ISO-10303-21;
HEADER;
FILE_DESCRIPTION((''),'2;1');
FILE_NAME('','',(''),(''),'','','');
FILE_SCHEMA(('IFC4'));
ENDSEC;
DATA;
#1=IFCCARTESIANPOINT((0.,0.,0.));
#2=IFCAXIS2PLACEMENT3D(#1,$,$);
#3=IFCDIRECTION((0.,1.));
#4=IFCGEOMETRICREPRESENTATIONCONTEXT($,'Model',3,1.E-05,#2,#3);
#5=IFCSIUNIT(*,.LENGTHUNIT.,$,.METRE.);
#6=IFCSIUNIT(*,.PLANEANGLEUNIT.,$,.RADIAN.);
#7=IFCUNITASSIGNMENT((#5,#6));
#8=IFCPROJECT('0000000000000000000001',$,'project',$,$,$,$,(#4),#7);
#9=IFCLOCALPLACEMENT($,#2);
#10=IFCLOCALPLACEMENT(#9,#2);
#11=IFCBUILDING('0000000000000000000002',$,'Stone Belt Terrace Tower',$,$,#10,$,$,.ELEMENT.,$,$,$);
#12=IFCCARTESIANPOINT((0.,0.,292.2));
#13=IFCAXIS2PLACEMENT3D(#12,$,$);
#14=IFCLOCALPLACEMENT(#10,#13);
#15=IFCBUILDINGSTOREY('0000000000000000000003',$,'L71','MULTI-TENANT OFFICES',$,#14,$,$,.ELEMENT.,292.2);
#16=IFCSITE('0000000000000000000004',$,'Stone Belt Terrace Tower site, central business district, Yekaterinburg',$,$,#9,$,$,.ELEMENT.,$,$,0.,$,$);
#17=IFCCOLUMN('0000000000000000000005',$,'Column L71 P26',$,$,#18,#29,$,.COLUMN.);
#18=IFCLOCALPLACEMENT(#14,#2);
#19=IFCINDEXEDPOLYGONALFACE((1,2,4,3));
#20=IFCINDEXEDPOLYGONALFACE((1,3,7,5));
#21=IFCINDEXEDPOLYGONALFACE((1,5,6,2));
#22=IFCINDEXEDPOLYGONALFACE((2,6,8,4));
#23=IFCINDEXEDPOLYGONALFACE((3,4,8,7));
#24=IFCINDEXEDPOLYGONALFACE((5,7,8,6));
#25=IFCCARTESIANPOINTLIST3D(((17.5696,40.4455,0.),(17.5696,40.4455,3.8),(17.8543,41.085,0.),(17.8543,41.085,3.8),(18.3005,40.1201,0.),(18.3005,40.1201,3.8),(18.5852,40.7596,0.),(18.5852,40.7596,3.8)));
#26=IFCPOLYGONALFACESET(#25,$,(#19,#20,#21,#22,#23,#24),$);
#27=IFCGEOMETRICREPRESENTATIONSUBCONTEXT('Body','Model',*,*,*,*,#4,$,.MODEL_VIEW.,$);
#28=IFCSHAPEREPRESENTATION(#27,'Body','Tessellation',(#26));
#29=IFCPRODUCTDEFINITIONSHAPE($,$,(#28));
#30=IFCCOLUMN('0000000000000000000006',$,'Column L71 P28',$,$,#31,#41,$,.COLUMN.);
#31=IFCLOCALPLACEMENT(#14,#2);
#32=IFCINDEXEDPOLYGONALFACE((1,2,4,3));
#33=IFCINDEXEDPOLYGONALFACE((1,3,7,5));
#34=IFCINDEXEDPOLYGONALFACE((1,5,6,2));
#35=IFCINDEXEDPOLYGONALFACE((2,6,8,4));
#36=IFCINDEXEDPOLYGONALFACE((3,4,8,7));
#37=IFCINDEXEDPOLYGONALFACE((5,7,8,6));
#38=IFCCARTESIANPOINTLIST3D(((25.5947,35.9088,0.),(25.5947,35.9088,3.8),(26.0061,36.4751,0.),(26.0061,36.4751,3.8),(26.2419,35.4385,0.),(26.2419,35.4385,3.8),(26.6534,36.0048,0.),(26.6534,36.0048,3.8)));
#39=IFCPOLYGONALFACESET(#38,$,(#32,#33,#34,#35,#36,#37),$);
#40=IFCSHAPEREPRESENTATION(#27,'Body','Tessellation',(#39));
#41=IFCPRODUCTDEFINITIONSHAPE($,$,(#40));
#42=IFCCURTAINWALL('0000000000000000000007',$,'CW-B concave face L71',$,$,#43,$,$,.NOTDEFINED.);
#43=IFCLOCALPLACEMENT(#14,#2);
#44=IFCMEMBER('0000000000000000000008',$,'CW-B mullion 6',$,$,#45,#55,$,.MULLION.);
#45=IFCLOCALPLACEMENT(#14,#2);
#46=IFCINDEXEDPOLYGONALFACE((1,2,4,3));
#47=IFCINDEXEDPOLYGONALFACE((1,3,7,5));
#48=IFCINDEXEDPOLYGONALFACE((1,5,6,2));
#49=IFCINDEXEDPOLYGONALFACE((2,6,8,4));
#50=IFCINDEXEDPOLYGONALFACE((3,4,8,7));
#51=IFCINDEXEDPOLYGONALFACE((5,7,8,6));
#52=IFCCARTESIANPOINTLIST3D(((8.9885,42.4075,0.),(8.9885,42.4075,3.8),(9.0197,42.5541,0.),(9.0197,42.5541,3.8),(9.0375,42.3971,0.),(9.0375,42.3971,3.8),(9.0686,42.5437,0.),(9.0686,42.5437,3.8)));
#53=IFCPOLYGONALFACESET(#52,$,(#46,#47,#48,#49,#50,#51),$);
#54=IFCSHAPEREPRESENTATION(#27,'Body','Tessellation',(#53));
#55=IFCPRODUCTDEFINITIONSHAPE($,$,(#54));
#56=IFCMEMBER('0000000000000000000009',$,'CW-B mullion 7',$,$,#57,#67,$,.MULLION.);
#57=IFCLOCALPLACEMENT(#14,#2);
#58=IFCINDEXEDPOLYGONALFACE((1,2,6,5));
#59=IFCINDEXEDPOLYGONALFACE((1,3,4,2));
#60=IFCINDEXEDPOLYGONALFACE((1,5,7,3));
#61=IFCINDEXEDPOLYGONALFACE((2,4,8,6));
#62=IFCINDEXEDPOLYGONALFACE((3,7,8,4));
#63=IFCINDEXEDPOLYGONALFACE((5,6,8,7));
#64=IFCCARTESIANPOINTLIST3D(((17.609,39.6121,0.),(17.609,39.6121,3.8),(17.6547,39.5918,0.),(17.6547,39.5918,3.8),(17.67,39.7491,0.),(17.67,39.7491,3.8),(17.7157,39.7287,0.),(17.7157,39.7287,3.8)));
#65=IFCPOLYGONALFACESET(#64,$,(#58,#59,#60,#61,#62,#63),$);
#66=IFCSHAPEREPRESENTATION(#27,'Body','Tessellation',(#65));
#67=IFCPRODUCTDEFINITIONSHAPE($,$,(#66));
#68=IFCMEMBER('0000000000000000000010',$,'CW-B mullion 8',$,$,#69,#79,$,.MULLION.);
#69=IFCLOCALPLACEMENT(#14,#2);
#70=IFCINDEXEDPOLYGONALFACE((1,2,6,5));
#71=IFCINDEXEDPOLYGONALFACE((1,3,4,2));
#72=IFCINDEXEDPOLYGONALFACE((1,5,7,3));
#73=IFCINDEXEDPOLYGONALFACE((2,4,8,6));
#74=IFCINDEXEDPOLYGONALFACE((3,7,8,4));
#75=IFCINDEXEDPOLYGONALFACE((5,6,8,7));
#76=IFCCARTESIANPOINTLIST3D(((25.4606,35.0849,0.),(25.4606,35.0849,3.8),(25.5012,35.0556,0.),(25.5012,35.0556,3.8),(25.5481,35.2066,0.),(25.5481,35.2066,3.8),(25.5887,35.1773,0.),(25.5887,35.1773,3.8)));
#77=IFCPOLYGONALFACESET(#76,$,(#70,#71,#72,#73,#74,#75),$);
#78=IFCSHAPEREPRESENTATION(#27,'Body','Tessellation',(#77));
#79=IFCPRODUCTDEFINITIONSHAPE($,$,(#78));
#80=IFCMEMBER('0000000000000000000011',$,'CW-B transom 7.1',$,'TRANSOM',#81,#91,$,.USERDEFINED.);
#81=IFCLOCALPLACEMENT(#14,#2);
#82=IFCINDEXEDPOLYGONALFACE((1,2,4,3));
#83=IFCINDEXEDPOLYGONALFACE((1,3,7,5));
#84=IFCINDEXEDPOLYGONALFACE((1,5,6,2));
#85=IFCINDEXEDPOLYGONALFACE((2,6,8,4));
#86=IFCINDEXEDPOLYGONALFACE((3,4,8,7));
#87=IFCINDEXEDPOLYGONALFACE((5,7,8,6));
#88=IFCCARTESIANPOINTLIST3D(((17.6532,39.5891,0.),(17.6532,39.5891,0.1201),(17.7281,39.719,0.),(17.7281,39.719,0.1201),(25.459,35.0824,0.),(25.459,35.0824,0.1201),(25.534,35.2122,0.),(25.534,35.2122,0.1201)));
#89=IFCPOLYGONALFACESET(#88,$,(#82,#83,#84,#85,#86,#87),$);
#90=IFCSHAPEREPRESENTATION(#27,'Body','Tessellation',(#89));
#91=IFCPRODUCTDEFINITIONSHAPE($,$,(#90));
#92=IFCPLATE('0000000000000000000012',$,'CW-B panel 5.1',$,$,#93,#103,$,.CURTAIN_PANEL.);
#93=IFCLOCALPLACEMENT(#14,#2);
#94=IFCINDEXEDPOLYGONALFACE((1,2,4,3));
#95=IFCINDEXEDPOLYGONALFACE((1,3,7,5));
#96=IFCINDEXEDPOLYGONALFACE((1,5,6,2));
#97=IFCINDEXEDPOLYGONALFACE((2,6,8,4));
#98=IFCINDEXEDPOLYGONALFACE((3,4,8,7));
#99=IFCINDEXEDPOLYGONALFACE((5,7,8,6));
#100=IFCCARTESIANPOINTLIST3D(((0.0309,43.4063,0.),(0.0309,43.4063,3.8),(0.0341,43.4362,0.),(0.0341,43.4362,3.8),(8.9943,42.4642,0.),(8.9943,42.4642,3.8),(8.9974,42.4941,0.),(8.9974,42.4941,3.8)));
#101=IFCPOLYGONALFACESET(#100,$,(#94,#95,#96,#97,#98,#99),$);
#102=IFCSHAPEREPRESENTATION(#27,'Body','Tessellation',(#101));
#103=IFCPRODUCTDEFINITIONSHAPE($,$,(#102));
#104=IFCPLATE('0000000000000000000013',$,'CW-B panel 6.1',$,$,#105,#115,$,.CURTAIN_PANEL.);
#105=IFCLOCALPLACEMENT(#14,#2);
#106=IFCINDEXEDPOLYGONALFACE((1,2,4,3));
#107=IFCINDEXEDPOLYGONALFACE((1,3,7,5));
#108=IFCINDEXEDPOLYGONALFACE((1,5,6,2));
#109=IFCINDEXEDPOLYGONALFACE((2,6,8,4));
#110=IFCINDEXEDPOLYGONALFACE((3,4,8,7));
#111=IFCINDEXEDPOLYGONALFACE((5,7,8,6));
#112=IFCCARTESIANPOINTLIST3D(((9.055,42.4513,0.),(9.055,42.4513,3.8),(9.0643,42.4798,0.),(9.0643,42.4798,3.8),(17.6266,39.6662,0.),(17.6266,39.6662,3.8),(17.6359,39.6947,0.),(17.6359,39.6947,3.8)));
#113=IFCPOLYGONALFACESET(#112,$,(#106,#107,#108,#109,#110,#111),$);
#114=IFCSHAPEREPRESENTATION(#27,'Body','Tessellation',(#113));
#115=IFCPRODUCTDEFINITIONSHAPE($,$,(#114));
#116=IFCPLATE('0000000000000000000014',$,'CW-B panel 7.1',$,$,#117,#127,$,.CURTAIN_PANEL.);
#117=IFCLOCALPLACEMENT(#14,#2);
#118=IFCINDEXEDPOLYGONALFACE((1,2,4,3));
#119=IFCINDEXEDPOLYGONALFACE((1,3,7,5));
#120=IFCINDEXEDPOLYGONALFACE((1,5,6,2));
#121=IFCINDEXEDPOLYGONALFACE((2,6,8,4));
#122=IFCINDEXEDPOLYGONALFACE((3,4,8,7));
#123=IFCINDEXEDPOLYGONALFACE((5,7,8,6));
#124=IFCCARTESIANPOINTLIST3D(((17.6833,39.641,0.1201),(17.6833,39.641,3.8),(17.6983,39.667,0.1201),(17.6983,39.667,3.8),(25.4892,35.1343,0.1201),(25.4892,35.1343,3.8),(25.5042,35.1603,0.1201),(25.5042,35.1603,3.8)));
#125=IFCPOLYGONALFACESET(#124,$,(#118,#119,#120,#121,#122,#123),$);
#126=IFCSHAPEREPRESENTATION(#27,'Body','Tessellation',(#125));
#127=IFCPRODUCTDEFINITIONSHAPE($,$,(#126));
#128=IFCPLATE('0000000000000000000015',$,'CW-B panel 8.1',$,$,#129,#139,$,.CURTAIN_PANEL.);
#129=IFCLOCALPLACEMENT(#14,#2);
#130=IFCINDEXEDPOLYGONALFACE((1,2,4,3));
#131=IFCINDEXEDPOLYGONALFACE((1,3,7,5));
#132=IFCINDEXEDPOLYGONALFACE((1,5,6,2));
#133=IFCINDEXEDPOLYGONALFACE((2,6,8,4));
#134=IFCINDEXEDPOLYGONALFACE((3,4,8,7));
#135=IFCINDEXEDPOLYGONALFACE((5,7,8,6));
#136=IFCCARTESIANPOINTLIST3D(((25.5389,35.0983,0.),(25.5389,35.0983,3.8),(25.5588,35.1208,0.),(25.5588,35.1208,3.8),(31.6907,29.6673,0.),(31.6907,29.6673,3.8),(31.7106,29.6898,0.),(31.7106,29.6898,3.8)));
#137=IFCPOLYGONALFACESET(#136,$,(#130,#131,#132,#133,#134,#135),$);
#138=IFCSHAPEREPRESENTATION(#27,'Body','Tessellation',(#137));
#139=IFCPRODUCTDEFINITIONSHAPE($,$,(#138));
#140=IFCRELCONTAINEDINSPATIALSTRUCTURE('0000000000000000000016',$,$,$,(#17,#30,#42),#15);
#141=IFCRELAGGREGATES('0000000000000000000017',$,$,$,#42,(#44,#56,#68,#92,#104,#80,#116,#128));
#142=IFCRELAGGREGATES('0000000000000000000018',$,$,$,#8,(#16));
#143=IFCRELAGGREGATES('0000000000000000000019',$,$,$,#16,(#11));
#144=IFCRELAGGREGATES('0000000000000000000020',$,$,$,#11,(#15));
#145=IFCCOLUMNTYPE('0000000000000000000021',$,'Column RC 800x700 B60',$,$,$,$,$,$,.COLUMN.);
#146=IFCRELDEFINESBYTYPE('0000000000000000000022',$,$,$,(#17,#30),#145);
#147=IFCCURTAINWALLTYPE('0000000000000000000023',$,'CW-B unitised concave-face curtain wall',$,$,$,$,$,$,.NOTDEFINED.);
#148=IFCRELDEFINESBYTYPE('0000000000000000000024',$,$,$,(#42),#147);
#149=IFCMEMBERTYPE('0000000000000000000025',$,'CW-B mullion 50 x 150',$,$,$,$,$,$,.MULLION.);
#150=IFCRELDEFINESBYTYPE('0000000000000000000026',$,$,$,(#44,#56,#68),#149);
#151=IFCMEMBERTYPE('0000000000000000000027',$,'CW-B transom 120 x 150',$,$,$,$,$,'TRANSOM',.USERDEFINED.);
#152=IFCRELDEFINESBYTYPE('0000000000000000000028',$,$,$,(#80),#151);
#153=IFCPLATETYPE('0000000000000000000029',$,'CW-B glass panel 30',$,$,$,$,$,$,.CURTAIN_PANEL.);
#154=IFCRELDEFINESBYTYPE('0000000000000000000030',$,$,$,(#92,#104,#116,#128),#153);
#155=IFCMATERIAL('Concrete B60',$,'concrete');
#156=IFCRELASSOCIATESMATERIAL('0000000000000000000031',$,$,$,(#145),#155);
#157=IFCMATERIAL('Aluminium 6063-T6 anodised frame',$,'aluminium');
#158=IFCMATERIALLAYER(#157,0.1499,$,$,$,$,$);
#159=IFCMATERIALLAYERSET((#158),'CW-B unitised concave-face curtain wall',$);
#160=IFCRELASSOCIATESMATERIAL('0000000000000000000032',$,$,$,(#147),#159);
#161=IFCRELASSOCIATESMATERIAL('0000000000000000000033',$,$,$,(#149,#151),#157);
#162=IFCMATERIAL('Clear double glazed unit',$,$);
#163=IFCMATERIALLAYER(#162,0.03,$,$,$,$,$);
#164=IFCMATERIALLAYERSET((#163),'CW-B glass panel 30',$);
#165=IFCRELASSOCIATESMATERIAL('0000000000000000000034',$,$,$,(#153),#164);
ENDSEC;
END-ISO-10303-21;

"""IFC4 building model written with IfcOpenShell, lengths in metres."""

from ifc_helpers import new_model, si_unit, direction, frame, origin, origin_2d, place, context, subcontext, project, spatial, rectangle, extrude, material, layer, layer_set, material_profile, profile_set, type_object, element, aggregate, save


model = new_model("IFC4")

# Units and contexts
model_context = context("Model", 3, precision=1e-05, world=origin(), true_north=direction((0.0, 1.0)))
body_context = subcontext(model_context, "Body", "Model", "MODEL_VIEW")
ifc_project = project(units=[si_unit("LENGTHUNIT", "METRE"), si_unit("PLANEANGLEUNIT", "RADIAN")], contexts=[model_context])

# Site, building, storey
site_placement = place(None, origin())
site = spatial("IfcSite", under=ifc_project, at=site_placement, Name="Stone Belt Terrace Tower site, central business district, Yekaterinburg", CompositionType="ELEMENT", RefElevation=0.0)
building_placement = place(site_placement, origin())
building = spatial("IfcBuilding", under=site, at=building_placement, Name="Stone Belt Terrace Tower", CompositionType="ELEMENT")
storey_placement = place(building_placement, frame((0.0, 0.0, 292.2)))
storey = spatial("IfcBuildingStorey", under=building, at=storey_placement, Name="L71", Description="MULTI-TENANT OFFICES", CompositionType="ELEMENT", Elevation=292.2)

# Columns
ifc_material_1 = material(Name="Concrete B60", Category="concrete")
ifc_material_profile_1 = material_profile(ifc_material_1, rectangle(XDim=0.8, YDim=0.7, at=origin_2d()), Name="RC 800x700")
ifc_profile_set_1 = profile_set([ifc_material_profile_1], Name="Concrete B60")
column_type = type_object("IfcColumnType", Name="Column RC 800x700 B60", PredefinedType="COLUMN", material=ifc_profile_set_1)
for number, where, z_axis, x_axis, name in (
    (1, (18.0774, 40.6025, 0.0), (0.0, 0.0, 1.0), (0.913545, -0.406737, 0.0), "Column L71 P26"),
    (2, (26.124, 35.9568, 0.0), (0.0, 0.0, 1.0), (0.809017, -0.587785, 0.0), "Column L71 P28"),
):
    element("IfcColumn", number, at=place(storey_placement, frame(where, z_axis=z_axis, x_axis=x_axis)), inside=storey, type_object=column_type, Name=name, PredefinedType="COLUMN", context=body_context, shape_type="SweptSolid", body=[
        extrude(rectangle(XDim=0.8, YDim=0.7, at=origin_2d()), origin(), (0.0, 0.0, 1.0), 3.8),
    ])

# Curtain wall, members, plates
ifc_material_2 = material(Name="Aluminium 6063-T6 anodised frame", Category="aluminium")
ifc_layer_1 = layer(ifc_material_2, 0.1499)
ifc_layer_set_1 = layer_set([ifc_layer_1], Name="CW-B unitised concave-face curtain wall")
curtain_wall_type = type_object("IfcCurtainWallType", Name="CW-B unitised concave-face curtain wall", PredefinedType="NOTDEFINED", material=ifc_layer_set_1)
curtain_wall_placement = place(storey_placement, origin())
curtain_wall = element("IfcCurtainWall", 3, at=curtain_wall_placement, inside=storey, type_object=curtain_wall_type, Name="CW-B concave face L71", PredefinedType="NOTDEFINED")
ifc_material_profile_2 = material_profile(ifc_material_2, rectangle(XDim=0.1499, YDim=0.05, at=origin_2d()), Name="Aluminium 6063-T6 50x150")
ifc_profile_set_2 = profile_set([ifc_material_profile_2], Name="Aluminium 6063-T6 anodised frame")
member_type_1 = type_object("IfcMemberType", Name="CW-B mullion 50 x 150", PredefinedType="MULLION", material=ifc_profile_set_2)
member_1_placement = place(storey_placement, frame((9.0286, 42.4756, 0.0), z_axis=(0.0, 0.0, 1.0), x_axis=(0.207912, 0.978148, 0.0)))
member_1 = element("IfcMember", 4, at=member_1_placement, type_object=member_type_1, Name="CW-B mullion 6", PredefinedType="MULLION", context=body_context, shape_type="SweptSolid", body=[
    extrude(rectangle(XDim=0.1499, YDim=0.05, at=origin_2d()), origin(), (0.0, 0.0, 1.0), 3.8),
])
member_2_placement = place(storey_placement, frame((17.6624, 39.6704, 0.0), z_axis=(0.0, 0.0, 1.0), x_axis=(0.406737, 0.913545, 0.0)))
member_2 = element("IfcMember", 5, at=member_2_placement, type_object=member_type_1, Name="CW-B mullion 7", PredefinedType="MULLION", context=body_context, shape_type="SweptSolid", body=[
    extrude(rectangle(XDim=0.1499, YDim=0.05, at=origin_2d()), origin(), (0.0, 0.0, 1.0), 3.8),
])
member_3_placement = place(storey_placement, frame((25.5247, 35.1311, 0.0), z_axis=(0.0, 0.0, 1.0), x_axis=(0.583819, 0.811884, 0.0)))
member_3 = element("IfcMember", 6, at=member_3_placement, type_object=member_type_1, Name="CW-B mullion 8", PredefinedType="MULLION", context=body_context, shape_type="SweptSolid", body=[
    extrude(rectangle(XDim=0.1499, YDim=0.05, at=origin_2d()), origin(), (0.0, 0.0, 1.0), 3.8),
])
ifc_material_profile_3 = material_profile(ifc_material_2, rectangle(XDim=0.1499, YDim=0.1201, at=origin_2d()), Name="Aluminium 6063-T6 150x120")
ifc_profile_set_3 = profile_set([ifc_material_profile_3], Name="Aluminium 6063-T6 anodised frame")
member_type_2 = type_object("IfcMemberType", Name="CW-B transom 120 x 150", ElementType="TRANSOM", PredefinedType="USERDEFINED", material=ifc_profile_set_3)
member_4_placement = place(storey_placement, frame((17.6907, 39.6541, 0.0601), z_axis=(0.866021, -0.500008, 0.0), x_axis=(0.500008, 0.866021, 0.0)))
member_4 = element("IfcMember", 7, at=member_4_placement, type_object=member_type_2, Name="CW-B transom 7.1", ObjectType="TRANSOM", PredefinedType="USERDEFINED", context=body_context, shape_type="SweptSolid", body=[
    extrude(rectangle(XDim=0.1499, YDim=0.1201, at=origin_2d()), origin(), (0.0, 0.0, 1.0), 9.0134),
])
ifc_material_3 = material(Name="Clear double glazed unit")
ifc_layer_2 = layer(ifc_material_3, 0.03)
ifc_layer_set_2 = layer_set([ifc_layer_2], Name="CW-B glass panel 30")
plate_type = type_object("IfcPlateType", Name="CW-B glass panel 30", PredefinedType="CURTAIN_PANEL", material=ifc_layer_set_2)
plate_1_placement = place(storey_placement, frame((4.5142, 42.9502, 0.0), z_axis=(0.0, 0.0, 1.0), x_axis=(0.994522, -0.104528, 0.0)))
plate_1 = element("IfcPlate", 8, at=plate_1_placement, type_object=plate_type, Name="CW-B panel 5.1", PredefinedType="CURTAIN_PANEL", context=body_context, shape_type="SweptSolid", body=[
    extrude(rectangle(XDim=9.0127, YDim=0.03, at=origin_2d()), origin(), (0.0, 0.0, 1.0), 3.8),
])
plate_2_placement = place(storey_placement, frame((13.3455, 41.073, 0.0), z_axis=(0.0, 0.0, 1.0), x_axis=(0.951057, -0.309017, 0.0)))
plate_2 = element("IfcPlate", 9, at=plate_2_placement, type_object=plate_type, Name="CW-B panel 6.1", PredefinedType="CURTAIN_PANEL", context=body_context, shape_type="SweptSolid", body=[
    extrude(rectangle(XDim=9.0127, YDim=0.03, at=origin_2d()), origin(), (0.0, 0.0, 1.0), 3.8),
])
plate_3_placement = place(storey_placement, frame((21.5938, 37.4006, 0.1201), z_axis=(0.0, 0.0, 1.0), x_axis=(0.866025, -0.5, 0.0)))
plate_3 = element("IfcPlate", 10, at=plate_3_placement, type_object=plate_type, Name="CW-B panel 7.1", PredefinedType="CURTAIN_PANEL", context=body_context, shape_type="SweptSolid", body=[
    extrude(rectangle(XDim=9.0134, YDim=0.03, at=origin_2d()), origin(), (0.0, 0.0, 1.0), 3.6799),
])
plate_4_placement = place(storey_placement, frame((28.6248, 32.394, 0.0), z_axis=(0.0, 0.0, 1.0), x_axis=(0.749659, -0.661825, 0.0)))
plate_4 = element("IfcPlate", 11, at=plate_4_placement, type_object=plate_type, Name="CW-B panel 8.1", PredefinedType="CURTAIN_PANEL", context=body_context, shape_type="SweptSolid", body=[
    extrude(rectangle(XDim=8.2061, YDim=0.03, at=origin_2d()), origin(), (0.0, 0.0, 1.0), 3.8),
])
aggregate(curtain_wall, [member_1, member_2, member_3, plate_1, plate_2, member_4, plate_3, plate_4])

save(model, "model.ifc")
